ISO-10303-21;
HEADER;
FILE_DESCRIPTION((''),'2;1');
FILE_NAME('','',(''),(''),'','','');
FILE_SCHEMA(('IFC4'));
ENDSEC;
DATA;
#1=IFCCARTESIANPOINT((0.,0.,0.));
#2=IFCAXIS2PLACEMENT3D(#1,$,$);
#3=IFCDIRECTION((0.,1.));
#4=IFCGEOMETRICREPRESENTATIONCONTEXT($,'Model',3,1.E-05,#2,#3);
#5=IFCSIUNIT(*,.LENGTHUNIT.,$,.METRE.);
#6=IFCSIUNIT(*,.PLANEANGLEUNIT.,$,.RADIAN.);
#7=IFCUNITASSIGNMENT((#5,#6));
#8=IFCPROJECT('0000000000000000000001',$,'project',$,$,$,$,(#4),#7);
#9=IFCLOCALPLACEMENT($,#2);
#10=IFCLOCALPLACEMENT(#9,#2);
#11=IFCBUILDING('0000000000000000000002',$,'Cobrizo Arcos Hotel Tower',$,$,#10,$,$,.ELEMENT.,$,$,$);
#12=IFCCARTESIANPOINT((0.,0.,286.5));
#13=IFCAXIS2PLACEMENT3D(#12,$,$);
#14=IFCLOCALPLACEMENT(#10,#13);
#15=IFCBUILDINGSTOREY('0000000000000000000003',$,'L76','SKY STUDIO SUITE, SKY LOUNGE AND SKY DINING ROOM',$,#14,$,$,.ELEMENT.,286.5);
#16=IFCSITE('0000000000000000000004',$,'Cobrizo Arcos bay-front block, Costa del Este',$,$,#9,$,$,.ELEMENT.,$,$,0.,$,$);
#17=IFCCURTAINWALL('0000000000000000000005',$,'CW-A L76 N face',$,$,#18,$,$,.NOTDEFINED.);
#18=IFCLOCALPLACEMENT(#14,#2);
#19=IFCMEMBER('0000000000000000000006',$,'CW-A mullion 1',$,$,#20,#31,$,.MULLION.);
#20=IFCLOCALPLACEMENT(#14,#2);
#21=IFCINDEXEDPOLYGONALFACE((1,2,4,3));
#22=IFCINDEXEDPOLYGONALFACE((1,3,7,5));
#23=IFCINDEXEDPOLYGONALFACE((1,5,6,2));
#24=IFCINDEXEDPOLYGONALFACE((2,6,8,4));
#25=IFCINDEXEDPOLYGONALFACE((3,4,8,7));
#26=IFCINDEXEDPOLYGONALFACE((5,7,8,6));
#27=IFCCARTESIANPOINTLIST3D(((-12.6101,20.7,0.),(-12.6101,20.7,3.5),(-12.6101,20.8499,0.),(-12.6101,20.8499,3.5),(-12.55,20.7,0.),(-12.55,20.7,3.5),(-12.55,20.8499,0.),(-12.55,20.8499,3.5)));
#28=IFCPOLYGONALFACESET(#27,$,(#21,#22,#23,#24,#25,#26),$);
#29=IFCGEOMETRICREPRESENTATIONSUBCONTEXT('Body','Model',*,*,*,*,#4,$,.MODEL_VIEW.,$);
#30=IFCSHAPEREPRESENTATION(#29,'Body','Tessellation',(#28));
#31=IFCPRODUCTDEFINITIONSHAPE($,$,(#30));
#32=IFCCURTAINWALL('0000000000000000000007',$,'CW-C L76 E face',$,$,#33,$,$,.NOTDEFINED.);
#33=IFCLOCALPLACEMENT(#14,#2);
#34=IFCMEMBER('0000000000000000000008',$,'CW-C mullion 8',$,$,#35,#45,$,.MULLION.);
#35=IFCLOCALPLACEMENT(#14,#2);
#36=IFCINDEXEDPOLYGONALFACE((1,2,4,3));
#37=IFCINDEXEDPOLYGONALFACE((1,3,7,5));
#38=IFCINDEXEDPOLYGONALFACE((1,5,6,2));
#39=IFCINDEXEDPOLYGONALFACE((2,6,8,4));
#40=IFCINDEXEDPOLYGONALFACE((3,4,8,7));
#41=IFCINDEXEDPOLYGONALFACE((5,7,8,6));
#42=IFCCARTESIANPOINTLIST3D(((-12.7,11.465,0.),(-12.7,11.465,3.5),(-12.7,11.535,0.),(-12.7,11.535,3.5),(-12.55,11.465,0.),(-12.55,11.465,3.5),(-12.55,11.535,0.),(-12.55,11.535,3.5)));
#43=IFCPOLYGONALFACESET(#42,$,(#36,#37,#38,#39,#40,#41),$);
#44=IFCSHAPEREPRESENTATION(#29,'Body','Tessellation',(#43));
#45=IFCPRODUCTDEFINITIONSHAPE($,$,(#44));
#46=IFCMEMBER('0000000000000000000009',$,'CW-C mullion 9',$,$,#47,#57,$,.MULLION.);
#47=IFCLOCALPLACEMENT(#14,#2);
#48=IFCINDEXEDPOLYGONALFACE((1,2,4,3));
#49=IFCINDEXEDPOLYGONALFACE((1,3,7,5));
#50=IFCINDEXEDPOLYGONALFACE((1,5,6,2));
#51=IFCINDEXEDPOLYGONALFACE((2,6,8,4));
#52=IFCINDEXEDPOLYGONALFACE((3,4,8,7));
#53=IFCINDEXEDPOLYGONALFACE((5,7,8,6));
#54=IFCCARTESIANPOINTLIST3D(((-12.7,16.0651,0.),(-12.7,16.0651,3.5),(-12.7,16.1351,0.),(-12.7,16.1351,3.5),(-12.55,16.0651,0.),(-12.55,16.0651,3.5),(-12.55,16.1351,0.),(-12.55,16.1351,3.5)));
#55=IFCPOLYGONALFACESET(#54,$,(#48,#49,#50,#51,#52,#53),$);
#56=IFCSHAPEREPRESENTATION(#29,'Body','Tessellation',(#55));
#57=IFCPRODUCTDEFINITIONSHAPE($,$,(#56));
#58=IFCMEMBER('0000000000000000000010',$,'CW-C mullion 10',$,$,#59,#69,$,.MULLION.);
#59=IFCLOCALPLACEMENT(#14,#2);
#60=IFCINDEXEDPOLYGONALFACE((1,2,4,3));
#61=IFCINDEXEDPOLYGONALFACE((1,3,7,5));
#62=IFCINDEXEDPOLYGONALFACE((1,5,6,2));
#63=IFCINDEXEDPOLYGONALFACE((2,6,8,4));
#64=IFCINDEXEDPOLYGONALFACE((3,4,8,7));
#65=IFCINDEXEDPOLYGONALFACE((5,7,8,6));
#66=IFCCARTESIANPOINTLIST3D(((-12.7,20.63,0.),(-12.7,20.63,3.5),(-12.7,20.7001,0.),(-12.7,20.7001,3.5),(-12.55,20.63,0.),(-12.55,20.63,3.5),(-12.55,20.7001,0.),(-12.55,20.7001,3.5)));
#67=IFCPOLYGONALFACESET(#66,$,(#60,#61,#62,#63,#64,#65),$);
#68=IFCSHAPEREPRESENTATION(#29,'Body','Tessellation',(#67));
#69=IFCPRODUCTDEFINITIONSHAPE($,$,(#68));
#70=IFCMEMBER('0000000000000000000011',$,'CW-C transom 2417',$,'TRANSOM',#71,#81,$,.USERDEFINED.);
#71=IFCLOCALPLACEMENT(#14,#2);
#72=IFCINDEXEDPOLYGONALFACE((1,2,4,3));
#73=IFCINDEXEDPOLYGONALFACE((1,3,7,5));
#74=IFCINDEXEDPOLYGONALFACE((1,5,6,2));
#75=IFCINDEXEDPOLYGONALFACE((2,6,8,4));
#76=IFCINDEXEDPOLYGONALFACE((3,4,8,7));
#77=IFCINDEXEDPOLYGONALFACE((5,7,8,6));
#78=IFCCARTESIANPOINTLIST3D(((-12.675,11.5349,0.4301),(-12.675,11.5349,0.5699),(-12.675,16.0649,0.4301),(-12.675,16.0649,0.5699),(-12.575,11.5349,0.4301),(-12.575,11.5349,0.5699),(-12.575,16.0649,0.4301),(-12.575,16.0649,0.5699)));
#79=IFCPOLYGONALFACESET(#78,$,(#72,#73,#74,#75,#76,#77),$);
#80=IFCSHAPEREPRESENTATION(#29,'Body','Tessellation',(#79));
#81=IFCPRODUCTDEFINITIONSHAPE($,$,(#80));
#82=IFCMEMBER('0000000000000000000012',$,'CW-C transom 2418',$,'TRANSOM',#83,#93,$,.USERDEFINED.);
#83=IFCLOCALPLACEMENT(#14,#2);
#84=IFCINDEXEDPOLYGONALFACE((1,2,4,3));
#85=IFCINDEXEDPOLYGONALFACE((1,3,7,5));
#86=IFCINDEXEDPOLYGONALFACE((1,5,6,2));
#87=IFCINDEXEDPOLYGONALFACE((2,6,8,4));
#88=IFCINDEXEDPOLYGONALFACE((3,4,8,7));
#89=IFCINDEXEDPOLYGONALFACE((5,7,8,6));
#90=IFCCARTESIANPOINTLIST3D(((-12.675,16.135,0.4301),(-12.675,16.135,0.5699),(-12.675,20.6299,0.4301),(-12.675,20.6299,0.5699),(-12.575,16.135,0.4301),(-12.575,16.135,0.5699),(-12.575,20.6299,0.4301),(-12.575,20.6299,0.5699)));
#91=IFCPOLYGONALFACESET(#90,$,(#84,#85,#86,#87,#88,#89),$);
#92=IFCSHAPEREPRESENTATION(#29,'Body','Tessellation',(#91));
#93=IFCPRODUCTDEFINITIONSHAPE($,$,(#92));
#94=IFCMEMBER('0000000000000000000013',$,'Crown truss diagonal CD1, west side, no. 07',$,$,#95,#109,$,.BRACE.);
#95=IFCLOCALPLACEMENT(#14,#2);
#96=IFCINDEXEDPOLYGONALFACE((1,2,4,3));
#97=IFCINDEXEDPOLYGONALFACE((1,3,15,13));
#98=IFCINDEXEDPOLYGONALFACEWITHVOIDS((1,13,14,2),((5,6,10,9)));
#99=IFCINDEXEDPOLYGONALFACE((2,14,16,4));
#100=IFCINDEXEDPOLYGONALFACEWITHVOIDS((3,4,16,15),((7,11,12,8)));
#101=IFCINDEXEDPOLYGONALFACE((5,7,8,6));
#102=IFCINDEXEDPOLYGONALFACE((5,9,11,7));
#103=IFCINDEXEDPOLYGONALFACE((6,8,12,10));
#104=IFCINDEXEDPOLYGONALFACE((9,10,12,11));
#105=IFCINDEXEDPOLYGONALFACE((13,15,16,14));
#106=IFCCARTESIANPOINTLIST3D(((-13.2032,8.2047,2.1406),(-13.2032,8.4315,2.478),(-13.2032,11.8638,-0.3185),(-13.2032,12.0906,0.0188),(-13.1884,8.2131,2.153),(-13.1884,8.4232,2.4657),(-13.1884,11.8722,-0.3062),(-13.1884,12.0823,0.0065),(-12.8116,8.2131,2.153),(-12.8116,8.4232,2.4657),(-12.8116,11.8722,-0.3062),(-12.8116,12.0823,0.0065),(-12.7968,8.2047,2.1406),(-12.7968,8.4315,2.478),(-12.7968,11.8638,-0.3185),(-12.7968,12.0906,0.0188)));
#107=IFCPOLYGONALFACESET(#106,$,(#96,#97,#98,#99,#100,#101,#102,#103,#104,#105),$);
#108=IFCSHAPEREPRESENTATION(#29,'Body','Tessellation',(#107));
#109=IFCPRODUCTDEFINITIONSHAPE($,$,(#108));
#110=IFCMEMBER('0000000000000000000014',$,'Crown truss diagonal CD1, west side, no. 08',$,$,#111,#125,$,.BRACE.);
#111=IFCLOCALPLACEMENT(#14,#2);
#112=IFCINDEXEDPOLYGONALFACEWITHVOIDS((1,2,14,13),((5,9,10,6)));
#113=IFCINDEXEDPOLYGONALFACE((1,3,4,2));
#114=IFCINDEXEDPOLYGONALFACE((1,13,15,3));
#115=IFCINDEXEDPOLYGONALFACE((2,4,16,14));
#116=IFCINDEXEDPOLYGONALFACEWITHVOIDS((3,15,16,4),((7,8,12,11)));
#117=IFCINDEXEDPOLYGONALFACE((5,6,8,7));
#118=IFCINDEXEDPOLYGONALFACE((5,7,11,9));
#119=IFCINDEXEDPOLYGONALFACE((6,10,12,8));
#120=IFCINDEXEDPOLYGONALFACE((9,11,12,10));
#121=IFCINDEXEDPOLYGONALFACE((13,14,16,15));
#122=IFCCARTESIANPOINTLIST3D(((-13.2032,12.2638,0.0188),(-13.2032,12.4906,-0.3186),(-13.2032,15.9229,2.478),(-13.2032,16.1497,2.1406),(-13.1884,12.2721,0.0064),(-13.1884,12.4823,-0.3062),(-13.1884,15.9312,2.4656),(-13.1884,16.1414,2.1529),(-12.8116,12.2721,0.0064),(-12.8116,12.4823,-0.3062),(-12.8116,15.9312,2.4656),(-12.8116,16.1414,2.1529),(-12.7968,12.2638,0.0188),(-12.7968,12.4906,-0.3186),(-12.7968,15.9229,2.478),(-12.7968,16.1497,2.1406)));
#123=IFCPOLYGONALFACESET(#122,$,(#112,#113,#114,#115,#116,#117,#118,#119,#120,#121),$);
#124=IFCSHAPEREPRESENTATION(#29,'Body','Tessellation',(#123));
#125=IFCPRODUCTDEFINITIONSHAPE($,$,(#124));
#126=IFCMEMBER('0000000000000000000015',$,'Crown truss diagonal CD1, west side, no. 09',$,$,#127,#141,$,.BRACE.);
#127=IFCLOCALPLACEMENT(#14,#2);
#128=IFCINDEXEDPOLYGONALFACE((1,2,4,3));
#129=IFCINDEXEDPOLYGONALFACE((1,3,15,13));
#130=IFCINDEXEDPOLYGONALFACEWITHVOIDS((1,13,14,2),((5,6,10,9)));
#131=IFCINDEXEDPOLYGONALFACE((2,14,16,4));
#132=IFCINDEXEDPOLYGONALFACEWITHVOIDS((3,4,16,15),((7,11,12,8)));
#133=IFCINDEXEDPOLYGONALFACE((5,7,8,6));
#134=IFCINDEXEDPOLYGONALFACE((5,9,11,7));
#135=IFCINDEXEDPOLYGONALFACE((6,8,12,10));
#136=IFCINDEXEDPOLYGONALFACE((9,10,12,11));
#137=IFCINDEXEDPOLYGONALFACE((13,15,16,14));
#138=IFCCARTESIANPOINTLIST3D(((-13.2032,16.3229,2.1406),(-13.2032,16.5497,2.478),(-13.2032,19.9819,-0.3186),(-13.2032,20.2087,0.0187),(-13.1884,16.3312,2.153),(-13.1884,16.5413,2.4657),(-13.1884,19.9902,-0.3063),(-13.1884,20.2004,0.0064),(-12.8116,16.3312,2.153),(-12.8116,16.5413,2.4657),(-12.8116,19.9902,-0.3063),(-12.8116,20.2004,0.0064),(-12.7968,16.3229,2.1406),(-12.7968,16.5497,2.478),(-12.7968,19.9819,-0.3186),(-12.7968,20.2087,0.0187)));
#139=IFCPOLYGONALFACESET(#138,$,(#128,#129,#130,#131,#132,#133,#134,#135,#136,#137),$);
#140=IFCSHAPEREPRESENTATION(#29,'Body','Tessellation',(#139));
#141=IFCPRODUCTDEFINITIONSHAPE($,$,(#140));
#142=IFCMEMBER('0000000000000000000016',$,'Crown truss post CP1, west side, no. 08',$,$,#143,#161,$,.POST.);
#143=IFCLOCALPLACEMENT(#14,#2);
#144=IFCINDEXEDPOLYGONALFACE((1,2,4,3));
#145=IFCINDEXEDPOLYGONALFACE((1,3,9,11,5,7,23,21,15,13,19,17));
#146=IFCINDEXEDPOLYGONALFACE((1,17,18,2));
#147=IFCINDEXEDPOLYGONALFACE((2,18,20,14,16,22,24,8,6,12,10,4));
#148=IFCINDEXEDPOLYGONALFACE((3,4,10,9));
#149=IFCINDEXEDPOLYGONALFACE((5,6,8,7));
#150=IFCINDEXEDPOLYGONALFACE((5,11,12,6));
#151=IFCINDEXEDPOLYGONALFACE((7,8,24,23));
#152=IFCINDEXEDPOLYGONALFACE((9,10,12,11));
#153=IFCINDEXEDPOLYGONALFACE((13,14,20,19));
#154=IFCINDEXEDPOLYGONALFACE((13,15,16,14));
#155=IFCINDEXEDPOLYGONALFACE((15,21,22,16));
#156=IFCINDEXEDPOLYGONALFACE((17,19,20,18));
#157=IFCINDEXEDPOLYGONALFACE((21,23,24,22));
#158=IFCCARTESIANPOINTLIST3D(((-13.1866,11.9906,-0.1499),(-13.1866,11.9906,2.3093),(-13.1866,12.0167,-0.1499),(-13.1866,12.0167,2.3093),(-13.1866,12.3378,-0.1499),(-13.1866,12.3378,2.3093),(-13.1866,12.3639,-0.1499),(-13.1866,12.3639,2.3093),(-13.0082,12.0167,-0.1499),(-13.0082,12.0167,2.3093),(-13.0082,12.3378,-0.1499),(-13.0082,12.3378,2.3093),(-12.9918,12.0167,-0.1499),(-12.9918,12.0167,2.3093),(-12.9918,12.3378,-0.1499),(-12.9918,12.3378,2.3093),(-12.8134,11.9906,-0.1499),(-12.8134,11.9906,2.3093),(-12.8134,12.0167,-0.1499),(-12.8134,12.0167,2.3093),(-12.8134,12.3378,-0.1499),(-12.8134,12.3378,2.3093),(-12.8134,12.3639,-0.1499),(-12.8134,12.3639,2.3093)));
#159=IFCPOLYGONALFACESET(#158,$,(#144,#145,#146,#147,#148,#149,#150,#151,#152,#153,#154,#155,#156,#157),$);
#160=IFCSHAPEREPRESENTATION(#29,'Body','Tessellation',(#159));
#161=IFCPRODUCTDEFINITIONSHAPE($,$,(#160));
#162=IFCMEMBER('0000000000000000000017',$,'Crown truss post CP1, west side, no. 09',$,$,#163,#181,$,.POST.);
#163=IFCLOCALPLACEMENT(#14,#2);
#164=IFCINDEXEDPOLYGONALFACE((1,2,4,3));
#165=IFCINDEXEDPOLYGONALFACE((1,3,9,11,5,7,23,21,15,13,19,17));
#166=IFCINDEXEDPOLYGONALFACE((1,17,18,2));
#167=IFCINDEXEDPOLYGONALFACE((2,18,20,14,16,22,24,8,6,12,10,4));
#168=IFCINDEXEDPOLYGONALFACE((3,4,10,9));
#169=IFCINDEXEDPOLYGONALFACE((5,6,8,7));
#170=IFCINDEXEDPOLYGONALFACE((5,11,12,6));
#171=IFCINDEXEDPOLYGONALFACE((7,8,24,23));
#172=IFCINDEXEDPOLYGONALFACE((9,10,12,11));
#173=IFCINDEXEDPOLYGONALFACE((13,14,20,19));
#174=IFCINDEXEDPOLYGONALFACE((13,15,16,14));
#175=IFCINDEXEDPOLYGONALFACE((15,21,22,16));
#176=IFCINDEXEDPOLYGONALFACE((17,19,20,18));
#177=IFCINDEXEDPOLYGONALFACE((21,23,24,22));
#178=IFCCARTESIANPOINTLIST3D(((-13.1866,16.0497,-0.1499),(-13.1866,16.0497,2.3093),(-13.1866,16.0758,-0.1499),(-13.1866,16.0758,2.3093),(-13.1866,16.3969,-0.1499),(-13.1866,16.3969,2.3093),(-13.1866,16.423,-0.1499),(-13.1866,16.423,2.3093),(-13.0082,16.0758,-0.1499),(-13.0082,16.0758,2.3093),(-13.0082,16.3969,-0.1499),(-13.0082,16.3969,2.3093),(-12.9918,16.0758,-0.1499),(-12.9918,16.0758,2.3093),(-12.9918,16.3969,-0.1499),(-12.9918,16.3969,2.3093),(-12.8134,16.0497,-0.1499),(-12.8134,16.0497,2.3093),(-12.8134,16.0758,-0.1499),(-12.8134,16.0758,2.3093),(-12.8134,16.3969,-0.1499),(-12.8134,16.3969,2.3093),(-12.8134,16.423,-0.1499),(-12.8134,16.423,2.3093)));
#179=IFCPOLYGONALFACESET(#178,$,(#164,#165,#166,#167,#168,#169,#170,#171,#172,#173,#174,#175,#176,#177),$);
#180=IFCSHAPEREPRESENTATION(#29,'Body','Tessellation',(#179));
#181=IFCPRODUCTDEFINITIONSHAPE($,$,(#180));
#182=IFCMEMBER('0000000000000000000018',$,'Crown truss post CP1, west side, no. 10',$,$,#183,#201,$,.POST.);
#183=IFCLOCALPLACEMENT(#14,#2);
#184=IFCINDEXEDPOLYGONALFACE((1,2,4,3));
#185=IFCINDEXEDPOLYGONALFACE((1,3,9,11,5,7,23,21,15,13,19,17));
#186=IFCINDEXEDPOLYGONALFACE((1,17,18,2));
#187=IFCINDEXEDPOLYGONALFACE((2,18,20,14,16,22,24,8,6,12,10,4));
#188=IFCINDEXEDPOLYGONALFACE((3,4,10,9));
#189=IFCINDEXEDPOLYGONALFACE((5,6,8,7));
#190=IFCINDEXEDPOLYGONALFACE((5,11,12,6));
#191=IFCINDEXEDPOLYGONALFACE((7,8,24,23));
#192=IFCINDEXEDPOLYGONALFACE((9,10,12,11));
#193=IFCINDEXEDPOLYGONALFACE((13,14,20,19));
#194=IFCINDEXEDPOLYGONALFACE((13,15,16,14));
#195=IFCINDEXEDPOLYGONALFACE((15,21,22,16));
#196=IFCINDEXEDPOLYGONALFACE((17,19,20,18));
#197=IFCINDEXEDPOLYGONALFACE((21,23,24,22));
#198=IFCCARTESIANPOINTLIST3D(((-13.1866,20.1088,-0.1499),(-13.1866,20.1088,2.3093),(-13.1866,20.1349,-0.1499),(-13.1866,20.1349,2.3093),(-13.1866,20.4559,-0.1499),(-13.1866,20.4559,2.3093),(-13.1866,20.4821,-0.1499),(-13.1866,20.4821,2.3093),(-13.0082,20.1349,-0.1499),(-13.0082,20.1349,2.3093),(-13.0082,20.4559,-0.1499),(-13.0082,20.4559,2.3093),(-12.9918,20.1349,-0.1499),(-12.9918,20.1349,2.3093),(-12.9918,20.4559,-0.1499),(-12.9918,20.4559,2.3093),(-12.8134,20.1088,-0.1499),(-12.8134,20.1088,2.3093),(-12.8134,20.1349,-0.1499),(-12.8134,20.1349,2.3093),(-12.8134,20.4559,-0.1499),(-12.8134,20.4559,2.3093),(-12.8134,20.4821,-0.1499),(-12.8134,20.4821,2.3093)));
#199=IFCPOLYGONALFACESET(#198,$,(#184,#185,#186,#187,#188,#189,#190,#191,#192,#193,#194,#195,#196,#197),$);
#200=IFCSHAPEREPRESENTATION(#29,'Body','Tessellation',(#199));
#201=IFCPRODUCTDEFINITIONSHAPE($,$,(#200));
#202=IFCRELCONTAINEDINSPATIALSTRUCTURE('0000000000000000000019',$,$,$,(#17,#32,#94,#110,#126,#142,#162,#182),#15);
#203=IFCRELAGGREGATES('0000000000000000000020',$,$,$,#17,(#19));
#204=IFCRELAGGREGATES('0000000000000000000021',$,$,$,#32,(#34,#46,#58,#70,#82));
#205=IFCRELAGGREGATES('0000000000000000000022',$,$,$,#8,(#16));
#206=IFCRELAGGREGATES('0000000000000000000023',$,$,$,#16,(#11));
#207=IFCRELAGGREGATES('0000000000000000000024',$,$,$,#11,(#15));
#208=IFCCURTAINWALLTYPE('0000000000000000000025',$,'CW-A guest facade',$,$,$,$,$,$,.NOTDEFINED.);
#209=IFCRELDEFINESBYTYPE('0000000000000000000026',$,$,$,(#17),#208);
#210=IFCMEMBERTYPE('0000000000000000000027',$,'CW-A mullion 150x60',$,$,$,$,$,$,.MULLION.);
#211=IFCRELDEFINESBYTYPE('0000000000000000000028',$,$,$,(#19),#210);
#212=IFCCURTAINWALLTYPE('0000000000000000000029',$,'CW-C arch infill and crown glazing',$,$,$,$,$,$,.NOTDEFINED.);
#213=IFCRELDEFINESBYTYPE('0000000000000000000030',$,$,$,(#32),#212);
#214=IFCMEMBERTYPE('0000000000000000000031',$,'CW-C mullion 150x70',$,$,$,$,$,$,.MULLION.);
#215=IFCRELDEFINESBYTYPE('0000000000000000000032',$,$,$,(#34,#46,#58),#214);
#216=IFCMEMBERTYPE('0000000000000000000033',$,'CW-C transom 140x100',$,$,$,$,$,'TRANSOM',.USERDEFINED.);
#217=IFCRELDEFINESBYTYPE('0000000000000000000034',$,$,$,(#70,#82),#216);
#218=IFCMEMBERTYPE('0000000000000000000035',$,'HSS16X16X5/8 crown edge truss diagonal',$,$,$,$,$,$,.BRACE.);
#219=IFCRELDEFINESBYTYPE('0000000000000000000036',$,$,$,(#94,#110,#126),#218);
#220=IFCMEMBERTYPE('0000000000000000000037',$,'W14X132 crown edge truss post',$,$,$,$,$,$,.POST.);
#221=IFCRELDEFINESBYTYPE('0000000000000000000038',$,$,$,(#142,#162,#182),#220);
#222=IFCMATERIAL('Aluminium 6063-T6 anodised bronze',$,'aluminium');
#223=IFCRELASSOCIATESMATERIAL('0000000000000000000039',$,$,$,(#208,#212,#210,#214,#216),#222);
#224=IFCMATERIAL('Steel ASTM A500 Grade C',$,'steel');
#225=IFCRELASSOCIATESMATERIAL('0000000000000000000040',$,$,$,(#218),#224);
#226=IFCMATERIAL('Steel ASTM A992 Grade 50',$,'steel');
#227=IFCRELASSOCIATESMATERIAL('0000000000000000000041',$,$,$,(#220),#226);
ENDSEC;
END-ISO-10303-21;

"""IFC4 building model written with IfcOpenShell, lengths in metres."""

from ifc_helpers import new_model, si_unit, direction, frame, origin, origin_2d, place, context, subcontext, project, spatial, rectangle, hollow_rectangle, i_section, extrude, material, material_profile, profile_set, type_object, element, aggregate, save


model = new_model("IFC4")

# Units and contexts
model_context = context("Model", 3, precision=1e-05, world=origin(), true_north=direction((0.0, 1.0)))
body_context = subcontext(model_context, "Body", "Model", "MODEL_VIEW")
ifc_project = project(units=[si_unit("LENGTHUNIT", "METRE"), si_unit("PLANEANGLEUNIT", "RADIAN")], contexts=[model_context])

# Site, building, storey
site_placement = place(None, origin())
site = spatial("IfcSite", under=ifc_project, at=site_placement, Name="Cobrizo Arcos bay-front block, Costa del Este", CompositionType="ELEMENT", RefElevation=0.0)
building_placement = place(site_placement, origin())
building = spatial("IfcBuilding", under=site, at=building_placement, Name="Cobrizo Arcos Hotel Tower", CompositionType="ELEMENT")
storey_placement = place(building_placement, frame((0.0, 0.0, 286.5)))
storey = spatial("IfcBuildingStorey", under=building, at=storey_placement, Name="L76", Description="SKY STUDIO SUITE, SKY LOUNGE AND SKY DINING ROOM", CompositionType="ELEMENT", Elevation=286.5)

# Curtain wall, member
ifc_material_1 = material(Name="Aluminium 6063-T6 anodised bronze", Category="aluminium")
curtain_wall_type_1 = type_object("IfcCurtainWallType", Name="CW-A guest facade", PredefinedType="NOTDEFINED", material=ifc_material_1)
curtain_wall_1_placement = place(storey_placement, origin())
curtain_wall_1 = element("IfcCurtainWall", 1, at=curtain_wall_1_placement, inside=storey, type_object=curtain_wall_type_1, Name="CW-A L76 N face", PredefinedType="NOTDEFINED")
ifc_material_profile_1 = material_profile(ifc_material_1, rectangle(XDim=0.1499, YDim=0.0601, at=origin_2d()), Name="CW-A mullion 150x60")
ifc_profile_set_1 = profile_set([ifc_material_profile_1], Name="Aluminium 6063-T6 anodised bronze")
member_type_1 = type_object("IfcMemberType", Name="CW-A mullion 150x60", PredefinedType="MULLION", material=ifc_profile_set_1)
member_1_placement = place(storey_placement, frame((-12.5801, 20.7749, 0.0), z_axis=(0.0, 0.0, 1.0), x_axis=(0.0, 1.0, 0.0)))
member_1 = element("IfcMember", 2, at=member_1_placement, type_object=member_type_1, Name="CW-A mullion 1", PredefinedType="MULLION", context=body_context, shape_type="SweptSolid", body=[
    extrude(rectangle(XDim=0.1499, YDim=0.0601, at=origin_2d()), origin(), (0.0, 0.0, 1.0), 3.5),
])
aggregate(curtain_wall_1, [member_1])

# Curtain wall, members
curtain_wall_type_2 = type_object("IfcCurtainWallType", Name="CW-C arch infill and crown glazing", PredefinedType="NOTDEFINED", material=ifc_material_1)
curtain_wall_2_placement = place(storey_placement, origin())
curtain_wall_2 = element("IfcCurtainWall", 3, at=curtain_wall_2_placement, inside=storey, type_object=curtain_wall_type_2, Name="CW-C L76 E face", PredefinedType="NOTDEFINED")
ifc_material_profile_2 = material_profile(ifc_material_1, rectangle(XDim=0.1499, YDim=0.0701, at=origin_2d()), Name="CW-C mullion 150x70")
ifc_profile_set_2 = profile_set([ifc_material_profile_2], Name="Aluminium 6063-T6 anodised bronze")
member_type_2 = type_object("IfcMemberType", Name="CW-C mullion 150x70", PredefinedType="MULLION", material=ifc_profile_set_2)
member_2_placement = place(storey_placement, frame((-12.625, 11.5, 0.0), z_axis=(0.0, 0.0, 1.0), x_axis=(1.0, 0.0, 0.0)))
member_2 = element("IfcMember", 4, at=member_2_placement, type_object=member_type_2, Name="CW-C mullion 8", PredefinedType="MULLION", context=body_context, shape_type="SweptSolid", body=[
    extrude(rectangle(XDim=0.1499, YDim=0.0701, at=origin_2d()), origin(), (0.0, 0.0, 1.0), 3.5),
])
member_3_placement = place(storey_placement, frame((-12.625, 16.1001, 0.0), z_axis=(0.0, 0.0, 1.0), x_axis=(1.0, 0.0, 0.0)))
member_3 = element("IfcMember", 5, at=member_3_placement, type_object=member_type_2, Name="CW-C mullion 9", PredefinedType="MULLION", context=body_context, shape_type="SweptSolid", body=[
    extrude(rectangle(XDim=0.1499, YDim=0.0701, at=origin_2d()), origin(), (0.0, 0.0, 1.0), 3.5),
])
member_4_placement = place(storey_placement, frame((-12.625, 20.665, 0.0), z_axis=(0.0, 0.0, 1.0), x_axis=(1.0, 0.0, 0.0)))
member_4 = element("IfcMember", 6, at=member_4_placement, type_object=member_type_2, Name="CW-C mullion 10", PredefinedType="MULLION", context=body_context, shape_type="SweptSolid", body=[
    extrude(rectangle(XDim=0.1499, YDim=0.0701, at=origin_2d()), origin(), (0.0, 0.0, 1.0), 3.5),
])
ifc_material_profile_3 = material_profile(ifc_material_1, rectangle(XDim=0.1001, YDim=0.1399, at=origin_2d()), Name="CW-C transom 140x100")
ifc_profile_set_3 = profile_set([ifc_material_profile_3], Name="Aluminium 6063-T6 anodised bronze")
member_type_3 = type_object("IfcMemberType", Name="CW-C transom 140x100", ElementType="TRANSOM", PredefinedType="USERDEFINED", material=ifc_profile_set_3)
member_5_placement = place(storey_placement, frame((-12.625, 11.5349, 0.5), z_axis=(0.0, 1.0, 0.0), x_axis=(-1.0, 0.0, 0.0)))
member_5 = element("IfcMember", 7, at=member_5_placement, type_object=member_type_3, Name="CW-C transom 2417", ObjectType="TRANSOM", PredefinedType="USERDEFINED", context=body_context, shape_type="SweptSolid", body=[
    extrude(rectangle(XDim=0.1001, YDim=0.1399, at=origin_2d()), origin(), (0.0, 0.0, 1.0), 4.53),
])
member_6_placement = place(storey_placement, frame((-12.625, 16.135, 0.5), z_axis=(0.0, 1.0, 0.0), x_axis=(-1.0, 0.0, 0.0)))
member_6 = element("IfcMember", 8, at=member_6_placement, type_object=member_type_3, Name="CW-C transom 2418", ObjectType="TRANSOM", PredefinedType="USERDEFINED", context=body_context, shape_type="SweptSolid", body=[
    extrude(rectangle(XDim=0.1001, YDim=0.1399, at=origin_2d()), origin(), (0.0, 0.0, 1.0), 4.4949),
])

# Members
ifc_material_2 = material(Name="Steel ASTM A500 Grade C", Category="steel")
ifc_material_profile_4 = material_profile(ifc_material_2, hollow_rectangle(XDim=0.4065, YDim=0.4065, WallThickness=0.0149, at=origin_2d()), Name="HSS16X16X5/8")
ifc_profile_set_4 = profile_set([ifc_material_profile_4], Name="Steel ASTM A500 Grade C")
member_type_4 = type_object("IfcMemberType", Name="HSS16X16X5/8 crown edge truss diagonal", PredefinedType="BRACE", material=ifc_profile_set_4)
for number, where, z_axis, x_axis, name in (
    (9, (-13.0, 8.3181, 2.3093), (0.0, 0.829974, -0.557802), (-1.0, 0.0, 0.0), "Crown truss diagonal CD1, west side, no. 07"),
    (10, (-13.0, 12.3772, -0.1499), (0.0, 0.829974, 0.557802), (-1.0, 0.0, 0.0), "Crown truss diagonal CD1, west side, no. 08"),
    (11, (-13.0, 16.4363, 2.3093), (0.0, 0.829957, -0.557827), (-1.0, 0.0, 0.0), "Crown truss diagonal CD1, west side, no. 09"),
):
    element("IfcMember", number, at=place(storey_placement, frame(where, z_axis=z_axis, x_axis=x_axis)), inside=storey, type_object=member_type_4, Name=name, PredefinedType="BRACE", context=body_context, shape_type="SweptSolid", body=[
        extrude(hollow_rectangle(XDim=0.4065, YDim=0.4065, WallThickness=0.0149, at=origin_2d()), origin(), (0.0, 0.0, 1.0), 4.4087),
    ])
ifc_material_3 = material(Name="Steel ASTM A992 Grade 50", Category="steel")
ifc_material_profile_5 = material_profile(ifc_material_3, i_section(OverallWidth=0.3733, OverallDepth=0.3733, WebThickness=0.0164, FlangeThickness=0.0261, at=origin_2d()), Name="W14X132")
ifc_profile_set_5 = profile_set([ifc_material_profile_5], Name="Steel ASTM A992 Grade 50")
member_type_5 = type_object("IfcMemberType", Name="W14X132 crown edge truss post", PredefinedType="POST", material=ifc_profile_set_5)
for number, where, z_axis, x_axis, name in (
    (12, (-13.0, 12.1772, -0.1499), (0.0, 0.0, 1.0), (1.0, 0.0, 0.0), "Crown truss post CP1, west side, no. 08"),
    (13, (-13.0, 16.2363, -0.1499), (0.0, 0.0, 1.0), (1.0, 0.0, 0.0), "Crown truss post CP1, west side, no. 09"),
    (14, (-13.0, 20.2954, -0.1499), (0.0, 0.0, 1.0), (1.0, 0.0, 0.0), "Crown truss post CP1, west side, no. 10"),
):
    element("IfcMember", number, at=place(storey_placement, frame(where, z_axis=z_axis, x_axis=x_axis)), inside=storey, type_object=member_type_5, Name=name, PredefinedType="POST", context=body_context, shape_type="SweptSolid", body=[
        extrude(i_section(OverallWidth=0.3733, OverallDepth=0.3733, WebThickness=0.0164, FlangeThickness=0.0261, at=origin_2d()), origin(), (0.0, 0.0, 1.0), 2.4592),
    ])

aggregate(curtain_wall_2, [member_2, member_3, member_4, member_5, member_6])

save(model, "model.ifc")
